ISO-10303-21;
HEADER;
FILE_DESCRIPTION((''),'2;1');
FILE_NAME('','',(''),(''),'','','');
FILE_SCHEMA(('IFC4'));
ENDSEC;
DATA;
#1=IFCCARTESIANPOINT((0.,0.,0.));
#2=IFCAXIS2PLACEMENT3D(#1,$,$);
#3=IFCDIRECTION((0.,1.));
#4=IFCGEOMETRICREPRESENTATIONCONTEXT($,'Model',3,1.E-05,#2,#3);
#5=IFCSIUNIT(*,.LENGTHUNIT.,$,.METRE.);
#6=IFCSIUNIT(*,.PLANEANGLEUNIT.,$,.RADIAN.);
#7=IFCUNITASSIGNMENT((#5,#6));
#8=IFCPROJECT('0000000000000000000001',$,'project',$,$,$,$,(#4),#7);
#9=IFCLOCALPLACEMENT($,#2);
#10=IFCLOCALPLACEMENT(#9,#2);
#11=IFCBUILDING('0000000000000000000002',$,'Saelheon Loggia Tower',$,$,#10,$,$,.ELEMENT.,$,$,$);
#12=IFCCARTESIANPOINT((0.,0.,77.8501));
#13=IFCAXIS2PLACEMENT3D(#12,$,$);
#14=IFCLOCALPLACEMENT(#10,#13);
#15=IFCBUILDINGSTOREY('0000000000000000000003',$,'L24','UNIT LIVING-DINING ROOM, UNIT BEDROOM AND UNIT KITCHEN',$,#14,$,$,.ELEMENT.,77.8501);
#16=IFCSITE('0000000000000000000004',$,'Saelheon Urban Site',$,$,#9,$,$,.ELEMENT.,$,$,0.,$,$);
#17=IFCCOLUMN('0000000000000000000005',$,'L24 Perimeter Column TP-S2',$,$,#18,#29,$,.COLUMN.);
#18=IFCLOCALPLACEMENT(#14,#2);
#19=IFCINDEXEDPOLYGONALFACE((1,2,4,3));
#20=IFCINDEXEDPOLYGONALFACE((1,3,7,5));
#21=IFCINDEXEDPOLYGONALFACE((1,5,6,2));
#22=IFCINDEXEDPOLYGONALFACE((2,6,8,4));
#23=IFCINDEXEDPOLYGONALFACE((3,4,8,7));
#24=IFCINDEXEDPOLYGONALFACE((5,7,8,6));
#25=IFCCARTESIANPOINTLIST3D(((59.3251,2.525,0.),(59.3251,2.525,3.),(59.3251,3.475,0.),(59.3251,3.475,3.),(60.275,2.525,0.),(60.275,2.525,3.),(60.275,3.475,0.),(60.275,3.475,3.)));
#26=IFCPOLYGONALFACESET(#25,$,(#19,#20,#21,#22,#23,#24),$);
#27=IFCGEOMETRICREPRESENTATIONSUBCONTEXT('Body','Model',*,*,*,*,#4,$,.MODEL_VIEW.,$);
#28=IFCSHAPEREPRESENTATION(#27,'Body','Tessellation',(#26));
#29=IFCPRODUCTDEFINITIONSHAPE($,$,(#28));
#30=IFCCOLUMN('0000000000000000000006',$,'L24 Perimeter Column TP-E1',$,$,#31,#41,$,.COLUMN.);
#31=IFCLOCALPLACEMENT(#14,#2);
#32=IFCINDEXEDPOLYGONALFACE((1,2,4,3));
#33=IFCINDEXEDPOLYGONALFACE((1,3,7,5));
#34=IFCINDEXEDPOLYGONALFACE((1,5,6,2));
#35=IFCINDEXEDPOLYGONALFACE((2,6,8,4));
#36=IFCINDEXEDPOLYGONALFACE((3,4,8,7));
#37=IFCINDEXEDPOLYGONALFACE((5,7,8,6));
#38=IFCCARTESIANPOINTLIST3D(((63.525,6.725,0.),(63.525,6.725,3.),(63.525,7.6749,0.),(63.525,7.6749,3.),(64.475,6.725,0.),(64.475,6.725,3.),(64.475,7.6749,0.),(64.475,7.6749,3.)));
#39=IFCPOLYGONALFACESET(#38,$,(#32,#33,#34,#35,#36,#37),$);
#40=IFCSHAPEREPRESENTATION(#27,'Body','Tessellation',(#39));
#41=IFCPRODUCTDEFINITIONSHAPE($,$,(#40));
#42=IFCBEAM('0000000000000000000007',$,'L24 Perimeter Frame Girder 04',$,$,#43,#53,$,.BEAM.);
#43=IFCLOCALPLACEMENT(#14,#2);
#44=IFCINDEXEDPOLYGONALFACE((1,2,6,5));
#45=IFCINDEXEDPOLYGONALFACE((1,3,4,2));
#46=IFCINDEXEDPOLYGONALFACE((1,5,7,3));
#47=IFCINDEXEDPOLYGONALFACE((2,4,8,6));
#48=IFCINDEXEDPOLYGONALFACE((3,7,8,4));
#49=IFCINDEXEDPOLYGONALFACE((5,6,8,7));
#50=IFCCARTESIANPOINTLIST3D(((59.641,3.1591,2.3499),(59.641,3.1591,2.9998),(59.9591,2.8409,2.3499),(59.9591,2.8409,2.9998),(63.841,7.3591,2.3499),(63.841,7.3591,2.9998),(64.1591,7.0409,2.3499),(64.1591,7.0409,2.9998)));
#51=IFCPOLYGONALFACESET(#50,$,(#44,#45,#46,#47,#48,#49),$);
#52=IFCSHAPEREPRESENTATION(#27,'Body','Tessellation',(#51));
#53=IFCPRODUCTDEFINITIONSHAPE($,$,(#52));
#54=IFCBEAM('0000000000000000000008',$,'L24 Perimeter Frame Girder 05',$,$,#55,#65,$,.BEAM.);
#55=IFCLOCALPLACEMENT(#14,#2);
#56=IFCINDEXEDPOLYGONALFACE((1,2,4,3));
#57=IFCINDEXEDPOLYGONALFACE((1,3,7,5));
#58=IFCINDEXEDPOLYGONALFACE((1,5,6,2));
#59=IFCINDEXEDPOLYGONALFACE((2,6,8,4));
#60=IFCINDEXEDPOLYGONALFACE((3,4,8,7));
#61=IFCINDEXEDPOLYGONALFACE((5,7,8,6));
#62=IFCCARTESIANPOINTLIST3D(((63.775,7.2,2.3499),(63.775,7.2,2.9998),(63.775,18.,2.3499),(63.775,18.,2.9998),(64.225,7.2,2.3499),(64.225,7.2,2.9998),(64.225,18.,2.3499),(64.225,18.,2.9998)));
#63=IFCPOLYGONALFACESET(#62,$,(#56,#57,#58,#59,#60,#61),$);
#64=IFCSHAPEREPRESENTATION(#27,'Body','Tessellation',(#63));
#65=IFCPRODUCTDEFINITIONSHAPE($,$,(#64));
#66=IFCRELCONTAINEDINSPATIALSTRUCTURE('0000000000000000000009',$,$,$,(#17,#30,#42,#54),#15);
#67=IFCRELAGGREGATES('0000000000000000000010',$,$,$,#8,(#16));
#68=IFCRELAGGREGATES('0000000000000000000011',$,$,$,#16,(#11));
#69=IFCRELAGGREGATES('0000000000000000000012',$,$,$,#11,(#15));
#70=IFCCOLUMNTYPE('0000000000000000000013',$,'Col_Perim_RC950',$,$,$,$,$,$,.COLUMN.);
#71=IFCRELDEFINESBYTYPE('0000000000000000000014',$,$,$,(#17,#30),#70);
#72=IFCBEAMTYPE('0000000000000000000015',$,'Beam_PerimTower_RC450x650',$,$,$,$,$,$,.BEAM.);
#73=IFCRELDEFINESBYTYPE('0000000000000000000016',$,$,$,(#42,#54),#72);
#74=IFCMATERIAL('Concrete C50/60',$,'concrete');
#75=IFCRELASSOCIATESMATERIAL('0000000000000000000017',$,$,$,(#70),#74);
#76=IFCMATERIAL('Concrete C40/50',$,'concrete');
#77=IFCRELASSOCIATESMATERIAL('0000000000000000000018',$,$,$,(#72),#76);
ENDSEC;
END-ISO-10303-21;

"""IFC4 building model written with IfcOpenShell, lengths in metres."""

from ifc_helpers import new_model, si_unit, direction, frame, origin, origin_2d, place, context, subcontext, project, spatial, rectangle, extrude, source, transform, mapped, material, material_profile, profile_set, type_object, element, save


model = new_model("IFC4")

# Units and contexts
model_context = context("Model", 3, precision=1e-05, world=origin(), true_north=direction((0.0, 1.0)))
body_context = subcontext(model_context, "Body", "Model", "MODEL_VIEW")
ifc_project = project(units=[si_unit("LENGTHUNIT", "METRE"), si_unit("PLANEANGLEUNIT", "RADIAN")], contexts=[model_context])

# Site, building, storey
site_placement = place(None, origin())
site = spatial("IfcSite", under=ifc_project, at=site_placement, Name="Saelheon Urban Site", CompositionType="ELEMENT", RefElevation=0.0)
building_placement = place(site_placement, origin())
building = spatial("IfcBuilding", under=site, at=building_placement, Name="Saelheon Loggia Tower", CompositionType="ELEMENT")
storey_placement = place(building_placement, frame((0.0, 0.0, 77.8501)))
storey = spatial("IfcBuildingStorey", under=building, at=storey_placement, Name="L24", Description="UNIT LIVING-DINING ROOM, UNIT BEDROOM AND UNIT KITCHEN", CompositionType="ELEMENT", Elevation=77.8501)

# Columns
ifc_material_1 = material(Name="Concrete C50/60", Category="concrete")
ifc_material_profile_1 = material_profile(ifc_material_1, rectangle(XDim=0.95, YDim=0.95, at=origin_2d()), Name="RC-950x950")
ifc_profile_set_1 = profile_set([ifc_material_profile_1], Name="Concrete C50/60")
column_type = type_object("IfcColumnType", Name="Col_Perim_RC950", PredefinedType="COLUMN", material=ifc_profile_set_1)
shared_shape_1 = source(origin(), body_context, "Body", "SweptSolid", [
    extrude(rectangle(XDim=0.95, YDim=0.95, at=origin_2d()), origin(), (0.0, 0.0, 1.0), 3.0),
])
for number, where, z_axis, x_axis, name in (
    (1, (59.8, 3.0, 0.0), (0.0, 0.0, 1.0), (1.0, 0.0, 0.0), "L24 Perimeter Column TP-S2"),
    (2, (64.0, 7.2, 0.0), (0.0, 0.0, 1.0), (1.0, 0.0, 0.0), "L24 Perimeter Column TP-E1"),
):
    element("IfcColumn", number, at=place(storey_placement, frame(where, z_axis=z_axis, x_axis=x_axis)), inside=storey, type_object=column_type, Name=name, PredefinedType="COLUMN", context=body_context, shape_type="MappedRepresentation", body=[
        mapped(shared_shape_1, transform((0.0, 0.0, 0.0), scale=1.0)),
    ])

# Beams
ifc_material_2 = material(Name="Concrete C40/50", Category="concrete")
ifc_material_profile_2 = material_profile(ifc_material_2, rectangle(XDim=0.45, YDim=0.6499, at=origin_2d()), Name="RC-450x650")
ifc_profile_set_2 = profile_set([ifc_material_profile_2], Name="Concrete C40/50")
beam_type = type_object("IfcBeamType", Name="Beam_PerimTower_RC450x650", PredefinedType="BEAM", material=ifc_profile_set_2)
shared_shape_2 = source(origin(), body_context, "Body", "SweptSolid", [
    extrude(rectangle(XDim=0.45, YDim=0.6499, at=origin_2d()), origin(), (0.0, 0.0, 1.0), 5.9397),
])
beam_1_placement = place(storey_placement, frame((59.8, 3.0, 2.6748), z_axis=(0.707107, 0.707107, 0.0), x_axis=(-0.707107, 0.707107, 0.0)))
element("IfcBeam", 3, at=beam_1_placement, inside=storey, type_object=beam_type, Name="L24 Perimeter Frame Girder 04", PredefinedType="BEAM", context=body_context, shape_type="MappedRepresentation", body=[
    mapped(shared_shape_2, transform((0.0, 0.0, 0.0), scale=1.0)),
])
shared_shape_3 = source(origin(), body_context, "Body", "SweptSolid", [
    extrude(rectangle(XDim=0.45, YDim=0.6499, at=origin_2d()), origin(), (0.0, 0.0, 1.0), 10.8),
])
beam_2_placement = place(storey_placement, frame((64.0, 7.2, 2.6748), z_axis=(0.0, 1.0, 0.0), x_axis=(-1.0, 0.0, 0.0)))
element("IfcBeam", 4, at=beam_2_placement, inside=storey, type_object=beam_type, Name="L24 Perimeter Frame Girder 05", PredefinedType="BEAM", context=body_context, shape_type="MappedRepresentation", body=[
    mapped(shared_shape_3, transform((0.0, 0.0, 0.0), scale=1.0)),
])

save(model, "model.ifc")
